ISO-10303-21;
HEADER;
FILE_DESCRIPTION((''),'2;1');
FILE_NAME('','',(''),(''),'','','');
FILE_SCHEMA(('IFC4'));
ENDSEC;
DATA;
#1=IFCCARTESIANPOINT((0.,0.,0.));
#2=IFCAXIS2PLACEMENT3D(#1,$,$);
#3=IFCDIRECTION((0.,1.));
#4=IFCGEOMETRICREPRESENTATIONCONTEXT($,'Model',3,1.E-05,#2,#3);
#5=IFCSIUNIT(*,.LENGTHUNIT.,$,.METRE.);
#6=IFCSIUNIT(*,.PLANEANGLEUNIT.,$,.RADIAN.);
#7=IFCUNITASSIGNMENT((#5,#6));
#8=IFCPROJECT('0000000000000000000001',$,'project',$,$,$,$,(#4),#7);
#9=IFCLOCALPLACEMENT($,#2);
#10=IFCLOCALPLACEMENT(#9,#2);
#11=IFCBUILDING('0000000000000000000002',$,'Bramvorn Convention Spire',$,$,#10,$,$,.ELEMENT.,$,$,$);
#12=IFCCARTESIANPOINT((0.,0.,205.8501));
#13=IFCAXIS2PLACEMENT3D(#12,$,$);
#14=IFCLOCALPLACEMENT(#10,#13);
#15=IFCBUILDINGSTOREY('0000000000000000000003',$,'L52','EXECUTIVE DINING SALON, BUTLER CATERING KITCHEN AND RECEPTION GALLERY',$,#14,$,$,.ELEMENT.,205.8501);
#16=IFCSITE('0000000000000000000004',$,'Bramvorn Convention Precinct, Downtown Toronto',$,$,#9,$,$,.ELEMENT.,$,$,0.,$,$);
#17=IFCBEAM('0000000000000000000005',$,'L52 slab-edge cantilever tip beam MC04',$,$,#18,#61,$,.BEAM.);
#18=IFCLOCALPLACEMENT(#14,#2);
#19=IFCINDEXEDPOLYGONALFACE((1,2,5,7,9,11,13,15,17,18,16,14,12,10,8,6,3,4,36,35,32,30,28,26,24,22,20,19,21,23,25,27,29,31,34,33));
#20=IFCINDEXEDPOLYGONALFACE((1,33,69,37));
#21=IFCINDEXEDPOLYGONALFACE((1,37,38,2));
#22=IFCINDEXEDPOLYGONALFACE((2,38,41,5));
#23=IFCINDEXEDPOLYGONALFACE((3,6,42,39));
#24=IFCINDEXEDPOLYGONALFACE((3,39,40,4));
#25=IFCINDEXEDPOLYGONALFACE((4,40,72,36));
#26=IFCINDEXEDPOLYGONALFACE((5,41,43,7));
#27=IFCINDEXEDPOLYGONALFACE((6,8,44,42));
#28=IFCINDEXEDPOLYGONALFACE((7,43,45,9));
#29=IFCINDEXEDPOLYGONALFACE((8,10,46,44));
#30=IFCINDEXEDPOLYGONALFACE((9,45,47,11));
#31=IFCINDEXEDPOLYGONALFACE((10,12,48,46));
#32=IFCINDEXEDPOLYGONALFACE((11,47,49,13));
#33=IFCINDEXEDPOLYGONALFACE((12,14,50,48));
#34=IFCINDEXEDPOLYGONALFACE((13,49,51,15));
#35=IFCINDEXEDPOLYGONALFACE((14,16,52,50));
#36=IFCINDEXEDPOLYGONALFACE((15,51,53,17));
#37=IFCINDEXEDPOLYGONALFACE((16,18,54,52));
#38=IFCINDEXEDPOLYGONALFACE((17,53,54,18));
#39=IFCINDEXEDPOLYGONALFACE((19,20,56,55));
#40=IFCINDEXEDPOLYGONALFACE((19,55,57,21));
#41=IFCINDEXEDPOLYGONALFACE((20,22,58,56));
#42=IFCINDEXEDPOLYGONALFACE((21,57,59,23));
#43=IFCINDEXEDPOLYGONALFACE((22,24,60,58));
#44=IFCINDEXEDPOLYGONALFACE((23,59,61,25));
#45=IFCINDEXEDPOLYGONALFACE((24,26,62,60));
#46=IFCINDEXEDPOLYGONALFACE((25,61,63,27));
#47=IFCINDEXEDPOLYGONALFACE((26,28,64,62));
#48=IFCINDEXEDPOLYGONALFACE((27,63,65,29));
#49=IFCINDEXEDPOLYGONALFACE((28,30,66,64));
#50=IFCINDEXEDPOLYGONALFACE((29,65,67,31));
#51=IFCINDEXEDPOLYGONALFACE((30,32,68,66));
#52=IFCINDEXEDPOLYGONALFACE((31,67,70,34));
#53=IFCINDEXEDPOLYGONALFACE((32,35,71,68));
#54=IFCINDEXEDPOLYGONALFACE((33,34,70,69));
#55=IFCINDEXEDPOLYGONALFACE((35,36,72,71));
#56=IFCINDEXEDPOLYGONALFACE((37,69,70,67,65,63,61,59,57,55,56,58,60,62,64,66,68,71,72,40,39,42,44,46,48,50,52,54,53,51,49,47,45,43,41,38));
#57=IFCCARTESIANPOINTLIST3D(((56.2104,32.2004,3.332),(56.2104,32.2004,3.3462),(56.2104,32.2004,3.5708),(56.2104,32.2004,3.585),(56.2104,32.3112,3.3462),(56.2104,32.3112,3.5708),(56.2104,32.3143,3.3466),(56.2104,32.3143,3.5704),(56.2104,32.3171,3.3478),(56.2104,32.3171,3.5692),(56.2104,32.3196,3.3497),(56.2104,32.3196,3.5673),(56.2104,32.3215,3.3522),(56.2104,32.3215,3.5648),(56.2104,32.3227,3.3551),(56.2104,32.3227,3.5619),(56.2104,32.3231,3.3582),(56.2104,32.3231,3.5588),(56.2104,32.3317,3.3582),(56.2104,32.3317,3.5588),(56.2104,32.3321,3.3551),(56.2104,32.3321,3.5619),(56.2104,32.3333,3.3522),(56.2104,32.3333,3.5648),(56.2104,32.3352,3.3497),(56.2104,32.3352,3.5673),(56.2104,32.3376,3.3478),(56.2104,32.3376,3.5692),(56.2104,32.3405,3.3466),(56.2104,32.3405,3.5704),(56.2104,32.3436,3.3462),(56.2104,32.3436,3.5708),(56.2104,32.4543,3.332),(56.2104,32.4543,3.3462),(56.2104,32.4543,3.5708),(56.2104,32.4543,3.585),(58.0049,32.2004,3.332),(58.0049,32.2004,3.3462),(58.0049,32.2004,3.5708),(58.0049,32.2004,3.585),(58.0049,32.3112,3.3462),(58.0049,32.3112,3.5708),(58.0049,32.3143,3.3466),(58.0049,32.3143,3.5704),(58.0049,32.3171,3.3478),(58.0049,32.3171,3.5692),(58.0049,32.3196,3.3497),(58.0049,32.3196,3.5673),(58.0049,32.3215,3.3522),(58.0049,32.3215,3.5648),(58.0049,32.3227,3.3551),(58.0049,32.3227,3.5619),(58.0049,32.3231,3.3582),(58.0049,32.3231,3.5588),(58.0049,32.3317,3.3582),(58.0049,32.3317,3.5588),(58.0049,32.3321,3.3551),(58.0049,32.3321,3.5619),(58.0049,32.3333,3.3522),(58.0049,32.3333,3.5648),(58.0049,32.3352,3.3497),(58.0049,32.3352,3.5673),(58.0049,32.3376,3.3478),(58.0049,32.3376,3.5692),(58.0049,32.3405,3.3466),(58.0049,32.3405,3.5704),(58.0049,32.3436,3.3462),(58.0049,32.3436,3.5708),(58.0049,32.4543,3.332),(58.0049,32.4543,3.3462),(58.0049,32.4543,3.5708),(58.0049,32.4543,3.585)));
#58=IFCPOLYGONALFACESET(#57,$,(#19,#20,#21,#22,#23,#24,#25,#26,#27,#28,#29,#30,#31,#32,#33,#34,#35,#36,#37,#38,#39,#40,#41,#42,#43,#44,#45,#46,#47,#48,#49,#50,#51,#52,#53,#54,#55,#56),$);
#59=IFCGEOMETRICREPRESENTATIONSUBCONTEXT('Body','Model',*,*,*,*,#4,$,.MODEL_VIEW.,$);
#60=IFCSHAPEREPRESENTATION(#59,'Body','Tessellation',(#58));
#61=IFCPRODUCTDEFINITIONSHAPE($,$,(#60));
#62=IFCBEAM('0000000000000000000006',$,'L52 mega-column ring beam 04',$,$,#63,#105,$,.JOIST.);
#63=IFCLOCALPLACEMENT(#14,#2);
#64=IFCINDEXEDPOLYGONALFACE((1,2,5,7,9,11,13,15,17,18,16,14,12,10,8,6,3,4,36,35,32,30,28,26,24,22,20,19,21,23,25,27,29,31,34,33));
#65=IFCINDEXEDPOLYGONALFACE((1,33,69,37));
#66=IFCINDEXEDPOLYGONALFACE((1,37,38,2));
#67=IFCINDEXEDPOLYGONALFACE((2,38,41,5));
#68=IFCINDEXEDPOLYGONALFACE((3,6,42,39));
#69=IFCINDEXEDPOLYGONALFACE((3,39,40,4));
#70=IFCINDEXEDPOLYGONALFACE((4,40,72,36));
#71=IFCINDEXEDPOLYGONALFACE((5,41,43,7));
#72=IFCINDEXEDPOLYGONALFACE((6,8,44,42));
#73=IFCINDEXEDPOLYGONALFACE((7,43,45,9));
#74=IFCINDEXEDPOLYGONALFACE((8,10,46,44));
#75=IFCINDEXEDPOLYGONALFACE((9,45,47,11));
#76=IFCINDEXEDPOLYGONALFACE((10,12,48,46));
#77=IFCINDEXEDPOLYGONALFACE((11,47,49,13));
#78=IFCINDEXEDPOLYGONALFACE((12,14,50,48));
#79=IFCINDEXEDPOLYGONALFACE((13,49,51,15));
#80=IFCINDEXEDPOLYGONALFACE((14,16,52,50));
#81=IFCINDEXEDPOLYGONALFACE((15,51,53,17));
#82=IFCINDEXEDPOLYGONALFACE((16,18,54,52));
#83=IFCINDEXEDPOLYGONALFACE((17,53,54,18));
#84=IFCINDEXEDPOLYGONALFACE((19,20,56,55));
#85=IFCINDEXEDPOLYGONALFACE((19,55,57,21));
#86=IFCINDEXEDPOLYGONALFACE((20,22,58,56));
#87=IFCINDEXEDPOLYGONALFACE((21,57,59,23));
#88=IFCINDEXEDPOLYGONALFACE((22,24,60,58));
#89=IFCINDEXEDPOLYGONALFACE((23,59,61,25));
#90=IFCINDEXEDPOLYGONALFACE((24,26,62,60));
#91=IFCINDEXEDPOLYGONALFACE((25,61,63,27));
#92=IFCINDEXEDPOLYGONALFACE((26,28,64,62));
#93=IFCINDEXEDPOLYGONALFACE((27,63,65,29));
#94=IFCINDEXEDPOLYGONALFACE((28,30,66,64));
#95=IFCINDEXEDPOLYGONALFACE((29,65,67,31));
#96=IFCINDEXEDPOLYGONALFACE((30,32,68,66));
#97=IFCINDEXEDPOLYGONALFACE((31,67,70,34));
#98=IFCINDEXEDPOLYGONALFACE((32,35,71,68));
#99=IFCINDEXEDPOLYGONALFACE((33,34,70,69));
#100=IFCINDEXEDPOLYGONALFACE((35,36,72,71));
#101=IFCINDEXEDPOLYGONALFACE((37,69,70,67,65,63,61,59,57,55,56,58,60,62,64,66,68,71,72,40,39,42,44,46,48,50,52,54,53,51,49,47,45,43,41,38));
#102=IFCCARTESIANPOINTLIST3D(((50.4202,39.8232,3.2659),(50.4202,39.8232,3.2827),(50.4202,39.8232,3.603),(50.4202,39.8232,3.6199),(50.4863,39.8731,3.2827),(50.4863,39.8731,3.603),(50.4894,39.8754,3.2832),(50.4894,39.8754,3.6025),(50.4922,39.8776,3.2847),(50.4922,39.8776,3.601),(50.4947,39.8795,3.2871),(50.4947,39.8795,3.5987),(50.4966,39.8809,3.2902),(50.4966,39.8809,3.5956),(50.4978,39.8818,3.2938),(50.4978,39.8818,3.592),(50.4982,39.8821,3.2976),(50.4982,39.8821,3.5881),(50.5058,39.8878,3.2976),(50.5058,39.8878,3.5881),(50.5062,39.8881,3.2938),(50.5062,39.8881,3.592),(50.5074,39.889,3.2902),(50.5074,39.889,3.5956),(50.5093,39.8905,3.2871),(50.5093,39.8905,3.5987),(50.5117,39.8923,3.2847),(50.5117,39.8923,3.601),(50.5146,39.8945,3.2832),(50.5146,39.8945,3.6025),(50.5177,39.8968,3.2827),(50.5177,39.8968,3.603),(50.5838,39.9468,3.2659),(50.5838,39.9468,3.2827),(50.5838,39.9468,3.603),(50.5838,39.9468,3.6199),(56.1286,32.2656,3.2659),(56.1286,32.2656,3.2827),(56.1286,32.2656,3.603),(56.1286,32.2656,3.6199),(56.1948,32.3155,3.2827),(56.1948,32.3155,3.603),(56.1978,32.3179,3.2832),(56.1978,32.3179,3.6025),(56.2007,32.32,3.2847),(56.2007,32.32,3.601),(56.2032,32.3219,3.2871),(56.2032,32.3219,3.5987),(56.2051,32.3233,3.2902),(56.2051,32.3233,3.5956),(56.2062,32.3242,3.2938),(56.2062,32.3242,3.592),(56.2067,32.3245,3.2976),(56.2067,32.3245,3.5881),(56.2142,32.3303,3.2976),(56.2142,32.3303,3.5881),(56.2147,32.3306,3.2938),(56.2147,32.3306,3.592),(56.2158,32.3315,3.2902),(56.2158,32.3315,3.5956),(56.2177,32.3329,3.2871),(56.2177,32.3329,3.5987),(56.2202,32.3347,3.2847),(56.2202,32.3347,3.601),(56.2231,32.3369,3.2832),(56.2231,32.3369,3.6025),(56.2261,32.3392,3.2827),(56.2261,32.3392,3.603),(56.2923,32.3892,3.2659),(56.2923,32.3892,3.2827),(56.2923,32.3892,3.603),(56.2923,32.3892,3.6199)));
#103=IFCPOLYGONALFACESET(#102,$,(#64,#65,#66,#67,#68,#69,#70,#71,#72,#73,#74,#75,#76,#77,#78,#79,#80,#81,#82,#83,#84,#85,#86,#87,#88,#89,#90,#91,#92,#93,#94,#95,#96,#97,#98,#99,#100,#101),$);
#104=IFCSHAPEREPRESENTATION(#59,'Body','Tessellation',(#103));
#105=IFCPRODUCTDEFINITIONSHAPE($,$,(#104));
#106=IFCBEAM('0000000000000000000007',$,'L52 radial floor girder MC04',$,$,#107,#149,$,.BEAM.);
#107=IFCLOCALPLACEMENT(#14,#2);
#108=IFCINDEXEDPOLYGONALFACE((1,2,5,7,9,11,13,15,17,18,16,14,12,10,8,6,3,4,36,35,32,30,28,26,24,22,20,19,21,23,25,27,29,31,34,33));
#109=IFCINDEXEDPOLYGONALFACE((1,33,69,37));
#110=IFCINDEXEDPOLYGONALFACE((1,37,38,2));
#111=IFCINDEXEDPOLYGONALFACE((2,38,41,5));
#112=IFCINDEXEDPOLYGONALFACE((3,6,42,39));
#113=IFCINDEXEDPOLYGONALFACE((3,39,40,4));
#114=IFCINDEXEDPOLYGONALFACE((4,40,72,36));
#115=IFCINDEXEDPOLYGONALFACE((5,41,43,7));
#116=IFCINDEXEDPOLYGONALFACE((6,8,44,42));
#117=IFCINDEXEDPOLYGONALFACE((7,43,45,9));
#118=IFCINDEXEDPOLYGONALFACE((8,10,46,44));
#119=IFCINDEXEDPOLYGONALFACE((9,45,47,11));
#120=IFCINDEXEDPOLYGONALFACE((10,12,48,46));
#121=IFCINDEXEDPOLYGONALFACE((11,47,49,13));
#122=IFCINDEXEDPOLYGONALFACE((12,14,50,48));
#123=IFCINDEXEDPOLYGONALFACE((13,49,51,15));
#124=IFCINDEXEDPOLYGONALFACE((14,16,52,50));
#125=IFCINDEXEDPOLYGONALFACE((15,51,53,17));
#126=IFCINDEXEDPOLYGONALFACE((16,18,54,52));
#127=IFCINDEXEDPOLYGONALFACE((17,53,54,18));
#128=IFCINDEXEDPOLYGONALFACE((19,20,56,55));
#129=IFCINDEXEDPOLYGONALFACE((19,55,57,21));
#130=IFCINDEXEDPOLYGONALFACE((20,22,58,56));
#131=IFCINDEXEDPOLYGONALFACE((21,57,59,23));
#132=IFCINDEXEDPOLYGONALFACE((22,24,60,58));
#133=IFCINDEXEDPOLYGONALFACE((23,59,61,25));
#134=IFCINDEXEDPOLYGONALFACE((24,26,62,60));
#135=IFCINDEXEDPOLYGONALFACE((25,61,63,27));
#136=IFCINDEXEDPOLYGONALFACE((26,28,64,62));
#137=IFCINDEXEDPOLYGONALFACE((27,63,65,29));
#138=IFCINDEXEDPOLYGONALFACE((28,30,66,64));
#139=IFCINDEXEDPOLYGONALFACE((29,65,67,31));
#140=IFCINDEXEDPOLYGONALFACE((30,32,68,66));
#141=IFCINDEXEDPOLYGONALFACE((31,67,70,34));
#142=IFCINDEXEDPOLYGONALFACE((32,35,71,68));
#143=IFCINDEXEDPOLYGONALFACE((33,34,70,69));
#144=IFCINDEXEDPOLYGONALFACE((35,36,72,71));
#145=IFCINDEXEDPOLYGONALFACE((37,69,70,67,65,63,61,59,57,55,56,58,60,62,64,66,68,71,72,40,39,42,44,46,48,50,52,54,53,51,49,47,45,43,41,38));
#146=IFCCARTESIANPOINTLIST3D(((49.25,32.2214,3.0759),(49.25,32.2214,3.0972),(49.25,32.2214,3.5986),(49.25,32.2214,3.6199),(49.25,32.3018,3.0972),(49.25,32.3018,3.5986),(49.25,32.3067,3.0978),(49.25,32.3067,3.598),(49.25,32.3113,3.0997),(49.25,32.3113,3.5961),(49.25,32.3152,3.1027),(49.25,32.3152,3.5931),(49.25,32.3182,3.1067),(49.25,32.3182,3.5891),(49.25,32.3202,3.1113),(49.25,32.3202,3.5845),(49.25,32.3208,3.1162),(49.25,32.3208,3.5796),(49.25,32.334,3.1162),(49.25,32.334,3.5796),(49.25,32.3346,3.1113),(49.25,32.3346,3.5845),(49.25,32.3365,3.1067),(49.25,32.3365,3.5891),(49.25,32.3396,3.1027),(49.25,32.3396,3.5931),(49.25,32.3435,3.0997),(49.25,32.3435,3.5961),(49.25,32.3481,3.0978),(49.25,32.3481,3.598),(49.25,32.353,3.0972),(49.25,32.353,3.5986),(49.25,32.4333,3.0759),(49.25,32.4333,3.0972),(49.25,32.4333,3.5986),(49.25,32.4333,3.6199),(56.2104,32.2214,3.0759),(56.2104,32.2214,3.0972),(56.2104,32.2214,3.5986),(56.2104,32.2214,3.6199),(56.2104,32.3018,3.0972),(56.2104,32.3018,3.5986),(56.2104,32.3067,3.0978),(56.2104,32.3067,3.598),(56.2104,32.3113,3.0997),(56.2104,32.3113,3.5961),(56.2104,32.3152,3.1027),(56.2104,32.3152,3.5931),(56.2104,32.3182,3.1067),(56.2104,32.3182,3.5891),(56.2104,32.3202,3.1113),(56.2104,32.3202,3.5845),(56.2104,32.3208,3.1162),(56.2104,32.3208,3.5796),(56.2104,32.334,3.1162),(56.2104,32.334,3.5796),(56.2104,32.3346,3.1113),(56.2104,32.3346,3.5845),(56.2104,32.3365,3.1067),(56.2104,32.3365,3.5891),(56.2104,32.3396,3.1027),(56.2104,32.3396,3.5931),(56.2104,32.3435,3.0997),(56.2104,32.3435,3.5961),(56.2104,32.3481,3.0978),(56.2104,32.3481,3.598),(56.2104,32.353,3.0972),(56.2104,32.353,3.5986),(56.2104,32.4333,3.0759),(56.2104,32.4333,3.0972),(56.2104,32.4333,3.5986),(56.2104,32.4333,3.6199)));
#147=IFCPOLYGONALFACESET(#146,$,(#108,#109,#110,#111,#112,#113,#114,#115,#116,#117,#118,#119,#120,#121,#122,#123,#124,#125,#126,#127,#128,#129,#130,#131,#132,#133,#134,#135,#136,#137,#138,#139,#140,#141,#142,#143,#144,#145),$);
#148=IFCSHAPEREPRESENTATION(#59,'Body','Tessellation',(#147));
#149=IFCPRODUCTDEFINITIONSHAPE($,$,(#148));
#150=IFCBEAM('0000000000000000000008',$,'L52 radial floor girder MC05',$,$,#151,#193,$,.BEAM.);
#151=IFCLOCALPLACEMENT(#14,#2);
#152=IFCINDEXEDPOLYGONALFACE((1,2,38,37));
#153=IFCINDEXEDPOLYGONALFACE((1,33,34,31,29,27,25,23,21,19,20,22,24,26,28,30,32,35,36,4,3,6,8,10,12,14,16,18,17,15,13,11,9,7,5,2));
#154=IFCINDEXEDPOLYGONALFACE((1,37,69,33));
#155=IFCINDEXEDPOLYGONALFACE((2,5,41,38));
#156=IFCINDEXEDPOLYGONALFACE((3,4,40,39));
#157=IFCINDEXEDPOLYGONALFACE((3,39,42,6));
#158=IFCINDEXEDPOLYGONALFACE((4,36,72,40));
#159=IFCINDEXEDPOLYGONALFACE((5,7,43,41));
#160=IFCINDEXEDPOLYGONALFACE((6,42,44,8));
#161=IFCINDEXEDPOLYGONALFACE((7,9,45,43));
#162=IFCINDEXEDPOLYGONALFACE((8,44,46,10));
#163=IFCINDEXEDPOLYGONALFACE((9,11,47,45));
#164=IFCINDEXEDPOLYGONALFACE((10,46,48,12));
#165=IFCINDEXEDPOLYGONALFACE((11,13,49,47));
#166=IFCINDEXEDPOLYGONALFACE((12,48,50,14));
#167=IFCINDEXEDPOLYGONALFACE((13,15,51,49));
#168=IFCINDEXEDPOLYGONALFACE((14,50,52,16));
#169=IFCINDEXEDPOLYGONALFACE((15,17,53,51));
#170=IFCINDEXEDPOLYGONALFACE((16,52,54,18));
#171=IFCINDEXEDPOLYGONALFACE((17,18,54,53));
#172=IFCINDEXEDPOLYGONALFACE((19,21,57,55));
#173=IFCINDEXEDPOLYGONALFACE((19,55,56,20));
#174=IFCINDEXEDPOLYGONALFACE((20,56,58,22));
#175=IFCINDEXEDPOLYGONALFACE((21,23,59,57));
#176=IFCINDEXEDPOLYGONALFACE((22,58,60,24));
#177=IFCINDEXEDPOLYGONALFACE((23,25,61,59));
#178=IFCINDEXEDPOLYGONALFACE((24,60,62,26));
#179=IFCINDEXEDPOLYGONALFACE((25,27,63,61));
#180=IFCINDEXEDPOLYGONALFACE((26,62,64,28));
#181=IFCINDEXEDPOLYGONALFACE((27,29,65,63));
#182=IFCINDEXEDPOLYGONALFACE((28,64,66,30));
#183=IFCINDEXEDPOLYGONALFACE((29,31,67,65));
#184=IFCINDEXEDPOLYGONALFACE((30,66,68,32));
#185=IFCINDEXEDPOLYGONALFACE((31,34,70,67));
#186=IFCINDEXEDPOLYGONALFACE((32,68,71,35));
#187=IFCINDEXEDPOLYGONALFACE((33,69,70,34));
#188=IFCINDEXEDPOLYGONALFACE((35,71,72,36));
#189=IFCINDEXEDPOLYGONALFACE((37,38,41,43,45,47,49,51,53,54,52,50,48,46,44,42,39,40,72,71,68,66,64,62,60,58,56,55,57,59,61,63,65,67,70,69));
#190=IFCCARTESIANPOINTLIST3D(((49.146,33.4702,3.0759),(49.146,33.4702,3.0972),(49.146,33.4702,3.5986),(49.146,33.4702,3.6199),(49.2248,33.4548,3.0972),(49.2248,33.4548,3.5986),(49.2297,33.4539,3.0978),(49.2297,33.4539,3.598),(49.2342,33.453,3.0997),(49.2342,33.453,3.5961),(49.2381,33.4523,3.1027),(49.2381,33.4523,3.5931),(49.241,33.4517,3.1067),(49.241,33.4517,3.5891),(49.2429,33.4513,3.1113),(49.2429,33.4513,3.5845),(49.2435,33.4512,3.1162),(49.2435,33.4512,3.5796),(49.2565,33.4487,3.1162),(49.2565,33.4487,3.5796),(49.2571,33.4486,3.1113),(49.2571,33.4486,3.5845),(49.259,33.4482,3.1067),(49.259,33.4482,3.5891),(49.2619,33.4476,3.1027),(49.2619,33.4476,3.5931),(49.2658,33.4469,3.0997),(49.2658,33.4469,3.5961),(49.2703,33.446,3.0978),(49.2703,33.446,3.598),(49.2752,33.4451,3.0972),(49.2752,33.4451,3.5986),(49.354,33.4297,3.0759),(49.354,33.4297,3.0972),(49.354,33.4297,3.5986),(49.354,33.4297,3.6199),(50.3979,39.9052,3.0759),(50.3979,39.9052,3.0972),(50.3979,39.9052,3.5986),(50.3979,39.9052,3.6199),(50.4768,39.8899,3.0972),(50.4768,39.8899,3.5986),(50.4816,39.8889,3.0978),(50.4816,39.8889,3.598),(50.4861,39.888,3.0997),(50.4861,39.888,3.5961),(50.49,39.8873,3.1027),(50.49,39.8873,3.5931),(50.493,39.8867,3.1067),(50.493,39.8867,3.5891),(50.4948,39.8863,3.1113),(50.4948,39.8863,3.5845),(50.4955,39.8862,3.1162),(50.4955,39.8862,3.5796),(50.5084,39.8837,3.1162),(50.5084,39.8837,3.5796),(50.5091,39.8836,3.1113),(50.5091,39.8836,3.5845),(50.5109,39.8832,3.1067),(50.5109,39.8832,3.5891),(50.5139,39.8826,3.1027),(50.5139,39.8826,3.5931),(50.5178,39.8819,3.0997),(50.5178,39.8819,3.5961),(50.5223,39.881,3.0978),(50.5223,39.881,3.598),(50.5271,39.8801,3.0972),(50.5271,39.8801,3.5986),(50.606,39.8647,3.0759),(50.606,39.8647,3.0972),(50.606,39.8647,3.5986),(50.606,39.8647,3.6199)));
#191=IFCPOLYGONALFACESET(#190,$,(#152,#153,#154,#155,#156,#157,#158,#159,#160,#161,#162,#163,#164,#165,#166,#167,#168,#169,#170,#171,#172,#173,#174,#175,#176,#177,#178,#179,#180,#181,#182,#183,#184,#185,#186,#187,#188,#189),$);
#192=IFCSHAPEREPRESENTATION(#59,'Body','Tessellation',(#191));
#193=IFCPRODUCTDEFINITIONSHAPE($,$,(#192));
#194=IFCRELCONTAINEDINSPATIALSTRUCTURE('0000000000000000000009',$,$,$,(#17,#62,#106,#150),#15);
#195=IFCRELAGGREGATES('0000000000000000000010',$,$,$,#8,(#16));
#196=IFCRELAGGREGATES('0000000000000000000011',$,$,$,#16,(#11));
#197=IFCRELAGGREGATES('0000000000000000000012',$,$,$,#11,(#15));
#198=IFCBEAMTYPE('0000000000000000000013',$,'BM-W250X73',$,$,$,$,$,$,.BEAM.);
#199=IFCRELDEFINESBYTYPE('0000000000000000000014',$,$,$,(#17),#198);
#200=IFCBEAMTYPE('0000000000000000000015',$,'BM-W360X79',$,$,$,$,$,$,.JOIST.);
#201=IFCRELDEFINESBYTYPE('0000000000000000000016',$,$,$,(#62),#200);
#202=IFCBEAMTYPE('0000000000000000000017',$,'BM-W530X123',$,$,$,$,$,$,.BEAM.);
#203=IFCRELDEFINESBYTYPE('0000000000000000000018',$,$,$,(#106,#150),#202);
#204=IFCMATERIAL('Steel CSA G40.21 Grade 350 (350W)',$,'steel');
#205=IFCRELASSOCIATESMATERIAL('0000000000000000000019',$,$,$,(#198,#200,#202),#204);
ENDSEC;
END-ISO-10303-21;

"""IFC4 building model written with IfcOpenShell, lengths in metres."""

from ifc_helpers import new_model, si_unit, direction, frame, origin, origin_2d, place, context, subcontext, project, spatial, i_section, extrude, material, material_profile, profile_set, type_object, element, save


model = new_model("IFC4")

# Units and contexts
model_context = context("Model", 3, precision=1e-05, world=origin(), true_north=direction((0.0, 1.0)))
body_context = subcontext(model_context, "Body", "Model", "MODEL_VIEW")
ifc_project = project(units=[si_unit("LENGTHUNIT", "METRE"), si_unit("PLANEANGLEUNIT", "RADIAN")], contexts=[model_context])

# Site, building, storey
site_placement = place(None, origin())
site = spatial("IfcSite", under=ifc_project, at=site_placement, Name="Bramvorn Convention Precinct, Downtown Toronto", CompositionType="ELEMENT", RefElevation=0.0)
building_placement = place(site_placement, origin())
building = spatial("IfcBuilding", under=site, at=building_placement, Name="Bramvorn Convention Spire", CompositionType="ELEMENT")
storey_placement = place(building_placement, frame((0.0, 0.0, 205.8501)))
storey = spatial("IfcBuildingStorey", under=building, at=storey_placement, Name="L52", Description="EXECUTIVE DINING SALON, BUTLER CATERING KITCHEN AND RECEPTION GALLERY", CompositionType="ELEMENT", Elevation=205.8501)

# Shared definitions
ifc_material_1 = material(Name="Steel CSA G40.21 Grade 350 (350W)", Category="steel")

# Beams
ifc_material_profile_1 = material_profile(ifc_material_1, i_section(OverallWidth=0.2539, OverallDepth=0.2529, WebThickness=0.0085, FlangeThickness=0.0142, FilletRadius=0.012, at=origin_2d()))
ifc_profile_set_1 = profile_set([ifc_material_profile_1], Name="Steel CSA G40.21 Grade 350 (350W) - W250X73")
beam_type_1 = type_object("IfcBeamType", Name="BM-W250X73", PredefinedType="BEAM", material=ifc_profile_set_1)
beam_1_placement = place(storey_placement, frame((56.2104, 32.3274, 3.4585), z_axis=(1.0, 0.0, 0.0), x_axis=(0.0, 1.0, 0.0)))
element("IfcBeam", 1, at=beam_1_placement, inside=storey, type_object=beam_type_1, Name="L52 slab-edge cantilever tip beam MC04", PredefinedType="BEAM", context=body_context, shape_type="SweptSolid", body=[
    extrude(i_section(OverallWidth=0.2539, OverallDepth=0.2529, WebThickness=0.0085, FlangeThickness=0.0142, FilletRadius=0.012, at=origin_2d()), origin(), (0.0, 0.0, 1.0), 1.7944),
])
ifc_material_profile_2 = material_profile(ifc_material_1, i_section(OverallWidth=0.2051, OverallDepth=0.354, WebThickness=0.0095, FlangeThickness=0.0168, FilletRadius=0.0149, at=origin_2d()))
ifc_profile_set_2 = profile_set([ifc_material_profile_2], Name="Steel CSA G40.21 Grade 350 (350W) - W360X79")
beam_type_2 = type_object("IfcBeamType", Name="BM-W360X79", PredefinedType="JOIST", material=ifc_profile_set_2)
beam_2_placement = place(storey_placement, frame((56.2104, 32.3274, 3.4429), z_axis=(-0.602719, 0.797954, 0.0), x_axis=(-0.797954, -0.602719, 0.0)))
element("IfcBeam", 2, at=beam_2_placement, inside=storey, type_object=beam_type_2, Name="L52 mega-column ring beam 04", PredefinedType="JOIST", context=body_context, shape_type="SweptSolid", body=[
    extrude(i_section(OverallWidth=0.2051, OverallDepth=0.354, WebThickness=0.0095, FlangeThickness=0.0168, FilletRadius=0.0149, at=origin_2d()), origin(), (0.0, 0.0, 1.0), 9.4712),
])
ifc_material_profile_3 = material_profile(ifc_material_1, i_section(OverallWidth=0.2119, OverallDepth=0.5439, WebThickness=0.0132, FlangeThickness=0.0212, FilletRadius=0.019, at=origin_2d()))
ifc_profile_set_3 = profile_set([ifc_material_profile_3], Name="Steel CSA G40.21 Grade 350 (350W) - W530X123")
beam_type_3 = type_object("IfcBeamType", Name="BM-W530X123", PredefinedType="BEAM", material=ifc_profile_set_3)
beam_3_placement = place(storey_placement, frame((49.25, 32.3274, 3.3479), z_axis=(1.0, 0.0, 0.0), x_axis=(0.0, 1.0, 0.0)))
element("IfcBeam", 3, at=beam_3_placement, inside=storey, type_object=beam_type_3, Name="L52 radial floor girder MC04", PredefinedType="BEAM", context=body_context, shape_type="SweptSolid", body=[
    extrude(i_section(OverallWidth=0.2119, OverallDepth=0.5439, WebThickness=0.0132, FlangeThickness=0.0212, FilletRadius=0.019, at=origin_2d()), origin(), (0.0, 0.0, 1.0), 6.9604),
])
beam_4_placement = place(storey_placement, frame((49.25, 33.45, 3.3479), z_axis=(0.190971, 0.981596, 0.0), x_axis=(-0.981596, 0.190971, 0.0)))
element("IfcBeam", 4, at=beam_4_placement, inside=storey, type_object=beam_type_3, Name="L52 radial floor girder MC05", PredefinedType="BEAM", context=body_context, shape_type="SweptSolid", body=[
    extrude(i_section(OverallWidth=0.2119, OverallDepth=0.5439, WebThickness=0.0132, FlangeThickness=0.0212, FilletRadius=0.019, at=origin_2d()), origin(), (0.0, 0.0, 1.0), 6.5557),
])

save(model, "model.ifc")
